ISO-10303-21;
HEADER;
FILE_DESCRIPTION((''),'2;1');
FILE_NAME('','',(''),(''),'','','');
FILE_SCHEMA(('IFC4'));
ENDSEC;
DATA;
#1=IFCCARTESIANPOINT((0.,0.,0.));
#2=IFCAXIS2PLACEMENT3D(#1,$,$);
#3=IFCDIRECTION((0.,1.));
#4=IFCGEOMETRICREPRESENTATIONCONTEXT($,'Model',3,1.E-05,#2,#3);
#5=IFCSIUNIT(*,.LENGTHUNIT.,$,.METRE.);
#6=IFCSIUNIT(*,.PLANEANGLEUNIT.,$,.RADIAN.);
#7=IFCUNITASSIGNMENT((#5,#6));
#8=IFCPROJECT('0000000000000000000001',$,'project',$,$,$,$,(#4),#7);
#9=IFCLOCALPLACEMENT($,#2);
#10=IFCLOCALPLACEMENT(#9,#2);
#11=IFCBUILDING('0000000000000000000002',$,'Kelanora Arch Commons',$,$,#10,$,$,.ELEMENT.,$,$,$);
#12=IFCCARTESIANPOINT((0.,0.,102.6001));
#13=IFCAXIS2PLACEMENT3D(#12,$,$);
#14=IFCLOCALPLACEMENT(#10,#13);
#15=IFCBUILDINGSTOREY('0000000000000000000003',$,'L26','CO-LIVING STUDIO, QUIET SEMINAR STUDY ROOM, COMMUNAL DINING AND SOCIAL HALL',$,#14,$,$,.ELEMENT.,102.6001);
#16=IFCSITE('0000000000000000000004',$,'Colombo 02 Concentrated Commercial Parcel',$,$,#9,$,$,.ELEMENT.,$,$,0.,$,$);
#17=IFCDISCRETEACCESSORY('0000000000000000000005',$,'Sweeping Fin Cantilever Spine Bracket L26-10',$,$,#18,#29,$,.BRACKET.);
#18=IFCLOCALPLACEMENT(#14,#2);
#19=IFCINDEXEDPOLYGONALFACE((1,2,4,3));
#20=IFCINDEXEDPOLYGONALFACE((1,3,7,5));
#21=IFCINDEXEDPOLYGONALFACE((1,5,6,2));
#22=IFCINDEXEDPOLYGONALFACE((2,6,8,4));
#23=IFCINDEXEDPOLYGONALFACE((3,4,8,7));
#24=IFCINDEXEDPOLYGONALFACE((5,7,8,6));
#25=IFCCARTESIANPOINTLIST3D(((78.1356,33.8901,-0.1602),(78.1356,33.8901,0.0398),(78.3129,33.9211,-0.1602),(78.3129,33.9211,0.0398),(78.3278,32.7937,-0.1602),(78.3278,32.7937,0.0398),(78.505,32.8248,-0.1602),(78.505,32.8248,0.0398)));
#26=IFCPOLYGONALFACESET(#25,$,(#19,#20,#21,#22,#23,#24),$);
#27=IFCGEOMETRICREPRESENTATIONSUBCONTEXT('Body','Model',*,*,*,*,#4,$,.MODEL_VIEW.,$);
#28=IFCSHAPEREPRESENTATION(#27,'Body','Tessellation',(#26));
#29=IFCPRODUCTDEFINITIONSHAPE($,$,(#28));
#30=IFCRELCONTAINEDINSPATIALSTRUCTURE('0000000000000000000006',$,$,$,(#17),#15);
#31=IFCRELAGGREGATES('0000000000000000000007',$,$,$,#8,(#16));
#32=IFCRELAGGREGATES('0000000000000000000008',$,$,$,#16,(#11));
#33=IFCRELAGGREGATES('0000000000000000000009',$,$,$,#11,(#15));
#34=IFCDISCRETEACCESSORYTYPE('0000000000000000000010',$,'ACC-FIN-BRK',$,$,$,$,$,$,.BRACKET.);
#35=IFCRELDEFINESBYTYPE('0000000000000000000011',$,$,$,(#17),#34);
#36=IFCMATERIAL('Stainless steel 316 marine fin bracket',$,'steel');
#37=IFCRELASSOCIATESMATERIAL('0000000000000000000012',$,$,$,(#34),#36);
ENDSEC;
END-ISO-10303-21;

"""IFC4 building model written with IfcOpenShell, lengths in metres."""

from ifc_helpers import new_model, si_unit, direction, frame, origin, origin_2d, place, context, subcontext, project, spatial, rectangle, extrude, source, transform, mapped, material, type_object, element, save


model = new_model("IFC4")

# Units and contexts
model_context = context("Model", 3, precision=1e-05, world=origin(), true_north=direction((0.0, 1.0)))
body_context = subcontext(model_context, "Body", "Model", "MODEL_VIEW")
ifc_project = project(units=[si_unit("LENGTHUNIT", "METRE"), si_unit("PLANEANGLEUNIT", "RADIAN")], contexts=[model_context])

# Site, building, storey
site_placement = place(None, origin())
site = spatial("IfcSite", under=ifc_project, at=site_placement, Name="Colombo 02 Concentrated Commercial Parcel", CompositionType="ELEMENT", RefElevation=0.0)
building_placement = place(site_placement, origin())
building = spatial("IfcBuilding", under=site, at=building_placement, Name="Kelanora Arch Commons", CompositionType="ELEMENT")
storey_placement = place(building_placement, frame((0.0, 0.0, 102.6001)))
storey = spatial("IfcBuildingStorey", under=building, at=storey_placement, Name="L26", Description="CO-LIVING STUDIO, QUIET SEMINAR STUDY ROOM, COMMUNAL DINING AND SOCIAL HALL", CompositionType="ELEMENT", Elevation=102.6001)

# Discrete accessory
ifc_material_1 = material(Name="Stainless steel 316 marine fin bracket", Category="steel")
discrete_accessory_type = type_object("IfcDiscreteAccessoryType", Name="ACC-FIN-BRK", PredefinedType="BRACKET", material=ifc_material_1)
shared_shape_1 = source(origin(), body_context, "Body", "SweptSolid", [
    extrude(rectangle(XDim=1.113, YDim=0.1799, at=origin_2d()), origin(), (0.0, 0.0, 1.0), 0.2),
])
discrete_accessory_placement = place(storey_placement, frame((78.3203, 33.3574, -0.1602), z_axis=(0.0, 0.0, 1.0), x_axis=(0.172617, -0.984989, 0.0)))
element("IfcDiscreteAccessory", 1, at=discrete_accessory_placement, inside=storey, type_object=discrete_accessory_type, Name="Sweeping Fin Cantilever Spine Bracket L26-10", PredefinedType="BRACKET", context=body_context, shape_type="MappedRepresentation", body=[
    mapped(shared_shape_1, transform((0.0, 0.0, 0.0), scale=1.0)),
])

save(model, "model.ifc")
